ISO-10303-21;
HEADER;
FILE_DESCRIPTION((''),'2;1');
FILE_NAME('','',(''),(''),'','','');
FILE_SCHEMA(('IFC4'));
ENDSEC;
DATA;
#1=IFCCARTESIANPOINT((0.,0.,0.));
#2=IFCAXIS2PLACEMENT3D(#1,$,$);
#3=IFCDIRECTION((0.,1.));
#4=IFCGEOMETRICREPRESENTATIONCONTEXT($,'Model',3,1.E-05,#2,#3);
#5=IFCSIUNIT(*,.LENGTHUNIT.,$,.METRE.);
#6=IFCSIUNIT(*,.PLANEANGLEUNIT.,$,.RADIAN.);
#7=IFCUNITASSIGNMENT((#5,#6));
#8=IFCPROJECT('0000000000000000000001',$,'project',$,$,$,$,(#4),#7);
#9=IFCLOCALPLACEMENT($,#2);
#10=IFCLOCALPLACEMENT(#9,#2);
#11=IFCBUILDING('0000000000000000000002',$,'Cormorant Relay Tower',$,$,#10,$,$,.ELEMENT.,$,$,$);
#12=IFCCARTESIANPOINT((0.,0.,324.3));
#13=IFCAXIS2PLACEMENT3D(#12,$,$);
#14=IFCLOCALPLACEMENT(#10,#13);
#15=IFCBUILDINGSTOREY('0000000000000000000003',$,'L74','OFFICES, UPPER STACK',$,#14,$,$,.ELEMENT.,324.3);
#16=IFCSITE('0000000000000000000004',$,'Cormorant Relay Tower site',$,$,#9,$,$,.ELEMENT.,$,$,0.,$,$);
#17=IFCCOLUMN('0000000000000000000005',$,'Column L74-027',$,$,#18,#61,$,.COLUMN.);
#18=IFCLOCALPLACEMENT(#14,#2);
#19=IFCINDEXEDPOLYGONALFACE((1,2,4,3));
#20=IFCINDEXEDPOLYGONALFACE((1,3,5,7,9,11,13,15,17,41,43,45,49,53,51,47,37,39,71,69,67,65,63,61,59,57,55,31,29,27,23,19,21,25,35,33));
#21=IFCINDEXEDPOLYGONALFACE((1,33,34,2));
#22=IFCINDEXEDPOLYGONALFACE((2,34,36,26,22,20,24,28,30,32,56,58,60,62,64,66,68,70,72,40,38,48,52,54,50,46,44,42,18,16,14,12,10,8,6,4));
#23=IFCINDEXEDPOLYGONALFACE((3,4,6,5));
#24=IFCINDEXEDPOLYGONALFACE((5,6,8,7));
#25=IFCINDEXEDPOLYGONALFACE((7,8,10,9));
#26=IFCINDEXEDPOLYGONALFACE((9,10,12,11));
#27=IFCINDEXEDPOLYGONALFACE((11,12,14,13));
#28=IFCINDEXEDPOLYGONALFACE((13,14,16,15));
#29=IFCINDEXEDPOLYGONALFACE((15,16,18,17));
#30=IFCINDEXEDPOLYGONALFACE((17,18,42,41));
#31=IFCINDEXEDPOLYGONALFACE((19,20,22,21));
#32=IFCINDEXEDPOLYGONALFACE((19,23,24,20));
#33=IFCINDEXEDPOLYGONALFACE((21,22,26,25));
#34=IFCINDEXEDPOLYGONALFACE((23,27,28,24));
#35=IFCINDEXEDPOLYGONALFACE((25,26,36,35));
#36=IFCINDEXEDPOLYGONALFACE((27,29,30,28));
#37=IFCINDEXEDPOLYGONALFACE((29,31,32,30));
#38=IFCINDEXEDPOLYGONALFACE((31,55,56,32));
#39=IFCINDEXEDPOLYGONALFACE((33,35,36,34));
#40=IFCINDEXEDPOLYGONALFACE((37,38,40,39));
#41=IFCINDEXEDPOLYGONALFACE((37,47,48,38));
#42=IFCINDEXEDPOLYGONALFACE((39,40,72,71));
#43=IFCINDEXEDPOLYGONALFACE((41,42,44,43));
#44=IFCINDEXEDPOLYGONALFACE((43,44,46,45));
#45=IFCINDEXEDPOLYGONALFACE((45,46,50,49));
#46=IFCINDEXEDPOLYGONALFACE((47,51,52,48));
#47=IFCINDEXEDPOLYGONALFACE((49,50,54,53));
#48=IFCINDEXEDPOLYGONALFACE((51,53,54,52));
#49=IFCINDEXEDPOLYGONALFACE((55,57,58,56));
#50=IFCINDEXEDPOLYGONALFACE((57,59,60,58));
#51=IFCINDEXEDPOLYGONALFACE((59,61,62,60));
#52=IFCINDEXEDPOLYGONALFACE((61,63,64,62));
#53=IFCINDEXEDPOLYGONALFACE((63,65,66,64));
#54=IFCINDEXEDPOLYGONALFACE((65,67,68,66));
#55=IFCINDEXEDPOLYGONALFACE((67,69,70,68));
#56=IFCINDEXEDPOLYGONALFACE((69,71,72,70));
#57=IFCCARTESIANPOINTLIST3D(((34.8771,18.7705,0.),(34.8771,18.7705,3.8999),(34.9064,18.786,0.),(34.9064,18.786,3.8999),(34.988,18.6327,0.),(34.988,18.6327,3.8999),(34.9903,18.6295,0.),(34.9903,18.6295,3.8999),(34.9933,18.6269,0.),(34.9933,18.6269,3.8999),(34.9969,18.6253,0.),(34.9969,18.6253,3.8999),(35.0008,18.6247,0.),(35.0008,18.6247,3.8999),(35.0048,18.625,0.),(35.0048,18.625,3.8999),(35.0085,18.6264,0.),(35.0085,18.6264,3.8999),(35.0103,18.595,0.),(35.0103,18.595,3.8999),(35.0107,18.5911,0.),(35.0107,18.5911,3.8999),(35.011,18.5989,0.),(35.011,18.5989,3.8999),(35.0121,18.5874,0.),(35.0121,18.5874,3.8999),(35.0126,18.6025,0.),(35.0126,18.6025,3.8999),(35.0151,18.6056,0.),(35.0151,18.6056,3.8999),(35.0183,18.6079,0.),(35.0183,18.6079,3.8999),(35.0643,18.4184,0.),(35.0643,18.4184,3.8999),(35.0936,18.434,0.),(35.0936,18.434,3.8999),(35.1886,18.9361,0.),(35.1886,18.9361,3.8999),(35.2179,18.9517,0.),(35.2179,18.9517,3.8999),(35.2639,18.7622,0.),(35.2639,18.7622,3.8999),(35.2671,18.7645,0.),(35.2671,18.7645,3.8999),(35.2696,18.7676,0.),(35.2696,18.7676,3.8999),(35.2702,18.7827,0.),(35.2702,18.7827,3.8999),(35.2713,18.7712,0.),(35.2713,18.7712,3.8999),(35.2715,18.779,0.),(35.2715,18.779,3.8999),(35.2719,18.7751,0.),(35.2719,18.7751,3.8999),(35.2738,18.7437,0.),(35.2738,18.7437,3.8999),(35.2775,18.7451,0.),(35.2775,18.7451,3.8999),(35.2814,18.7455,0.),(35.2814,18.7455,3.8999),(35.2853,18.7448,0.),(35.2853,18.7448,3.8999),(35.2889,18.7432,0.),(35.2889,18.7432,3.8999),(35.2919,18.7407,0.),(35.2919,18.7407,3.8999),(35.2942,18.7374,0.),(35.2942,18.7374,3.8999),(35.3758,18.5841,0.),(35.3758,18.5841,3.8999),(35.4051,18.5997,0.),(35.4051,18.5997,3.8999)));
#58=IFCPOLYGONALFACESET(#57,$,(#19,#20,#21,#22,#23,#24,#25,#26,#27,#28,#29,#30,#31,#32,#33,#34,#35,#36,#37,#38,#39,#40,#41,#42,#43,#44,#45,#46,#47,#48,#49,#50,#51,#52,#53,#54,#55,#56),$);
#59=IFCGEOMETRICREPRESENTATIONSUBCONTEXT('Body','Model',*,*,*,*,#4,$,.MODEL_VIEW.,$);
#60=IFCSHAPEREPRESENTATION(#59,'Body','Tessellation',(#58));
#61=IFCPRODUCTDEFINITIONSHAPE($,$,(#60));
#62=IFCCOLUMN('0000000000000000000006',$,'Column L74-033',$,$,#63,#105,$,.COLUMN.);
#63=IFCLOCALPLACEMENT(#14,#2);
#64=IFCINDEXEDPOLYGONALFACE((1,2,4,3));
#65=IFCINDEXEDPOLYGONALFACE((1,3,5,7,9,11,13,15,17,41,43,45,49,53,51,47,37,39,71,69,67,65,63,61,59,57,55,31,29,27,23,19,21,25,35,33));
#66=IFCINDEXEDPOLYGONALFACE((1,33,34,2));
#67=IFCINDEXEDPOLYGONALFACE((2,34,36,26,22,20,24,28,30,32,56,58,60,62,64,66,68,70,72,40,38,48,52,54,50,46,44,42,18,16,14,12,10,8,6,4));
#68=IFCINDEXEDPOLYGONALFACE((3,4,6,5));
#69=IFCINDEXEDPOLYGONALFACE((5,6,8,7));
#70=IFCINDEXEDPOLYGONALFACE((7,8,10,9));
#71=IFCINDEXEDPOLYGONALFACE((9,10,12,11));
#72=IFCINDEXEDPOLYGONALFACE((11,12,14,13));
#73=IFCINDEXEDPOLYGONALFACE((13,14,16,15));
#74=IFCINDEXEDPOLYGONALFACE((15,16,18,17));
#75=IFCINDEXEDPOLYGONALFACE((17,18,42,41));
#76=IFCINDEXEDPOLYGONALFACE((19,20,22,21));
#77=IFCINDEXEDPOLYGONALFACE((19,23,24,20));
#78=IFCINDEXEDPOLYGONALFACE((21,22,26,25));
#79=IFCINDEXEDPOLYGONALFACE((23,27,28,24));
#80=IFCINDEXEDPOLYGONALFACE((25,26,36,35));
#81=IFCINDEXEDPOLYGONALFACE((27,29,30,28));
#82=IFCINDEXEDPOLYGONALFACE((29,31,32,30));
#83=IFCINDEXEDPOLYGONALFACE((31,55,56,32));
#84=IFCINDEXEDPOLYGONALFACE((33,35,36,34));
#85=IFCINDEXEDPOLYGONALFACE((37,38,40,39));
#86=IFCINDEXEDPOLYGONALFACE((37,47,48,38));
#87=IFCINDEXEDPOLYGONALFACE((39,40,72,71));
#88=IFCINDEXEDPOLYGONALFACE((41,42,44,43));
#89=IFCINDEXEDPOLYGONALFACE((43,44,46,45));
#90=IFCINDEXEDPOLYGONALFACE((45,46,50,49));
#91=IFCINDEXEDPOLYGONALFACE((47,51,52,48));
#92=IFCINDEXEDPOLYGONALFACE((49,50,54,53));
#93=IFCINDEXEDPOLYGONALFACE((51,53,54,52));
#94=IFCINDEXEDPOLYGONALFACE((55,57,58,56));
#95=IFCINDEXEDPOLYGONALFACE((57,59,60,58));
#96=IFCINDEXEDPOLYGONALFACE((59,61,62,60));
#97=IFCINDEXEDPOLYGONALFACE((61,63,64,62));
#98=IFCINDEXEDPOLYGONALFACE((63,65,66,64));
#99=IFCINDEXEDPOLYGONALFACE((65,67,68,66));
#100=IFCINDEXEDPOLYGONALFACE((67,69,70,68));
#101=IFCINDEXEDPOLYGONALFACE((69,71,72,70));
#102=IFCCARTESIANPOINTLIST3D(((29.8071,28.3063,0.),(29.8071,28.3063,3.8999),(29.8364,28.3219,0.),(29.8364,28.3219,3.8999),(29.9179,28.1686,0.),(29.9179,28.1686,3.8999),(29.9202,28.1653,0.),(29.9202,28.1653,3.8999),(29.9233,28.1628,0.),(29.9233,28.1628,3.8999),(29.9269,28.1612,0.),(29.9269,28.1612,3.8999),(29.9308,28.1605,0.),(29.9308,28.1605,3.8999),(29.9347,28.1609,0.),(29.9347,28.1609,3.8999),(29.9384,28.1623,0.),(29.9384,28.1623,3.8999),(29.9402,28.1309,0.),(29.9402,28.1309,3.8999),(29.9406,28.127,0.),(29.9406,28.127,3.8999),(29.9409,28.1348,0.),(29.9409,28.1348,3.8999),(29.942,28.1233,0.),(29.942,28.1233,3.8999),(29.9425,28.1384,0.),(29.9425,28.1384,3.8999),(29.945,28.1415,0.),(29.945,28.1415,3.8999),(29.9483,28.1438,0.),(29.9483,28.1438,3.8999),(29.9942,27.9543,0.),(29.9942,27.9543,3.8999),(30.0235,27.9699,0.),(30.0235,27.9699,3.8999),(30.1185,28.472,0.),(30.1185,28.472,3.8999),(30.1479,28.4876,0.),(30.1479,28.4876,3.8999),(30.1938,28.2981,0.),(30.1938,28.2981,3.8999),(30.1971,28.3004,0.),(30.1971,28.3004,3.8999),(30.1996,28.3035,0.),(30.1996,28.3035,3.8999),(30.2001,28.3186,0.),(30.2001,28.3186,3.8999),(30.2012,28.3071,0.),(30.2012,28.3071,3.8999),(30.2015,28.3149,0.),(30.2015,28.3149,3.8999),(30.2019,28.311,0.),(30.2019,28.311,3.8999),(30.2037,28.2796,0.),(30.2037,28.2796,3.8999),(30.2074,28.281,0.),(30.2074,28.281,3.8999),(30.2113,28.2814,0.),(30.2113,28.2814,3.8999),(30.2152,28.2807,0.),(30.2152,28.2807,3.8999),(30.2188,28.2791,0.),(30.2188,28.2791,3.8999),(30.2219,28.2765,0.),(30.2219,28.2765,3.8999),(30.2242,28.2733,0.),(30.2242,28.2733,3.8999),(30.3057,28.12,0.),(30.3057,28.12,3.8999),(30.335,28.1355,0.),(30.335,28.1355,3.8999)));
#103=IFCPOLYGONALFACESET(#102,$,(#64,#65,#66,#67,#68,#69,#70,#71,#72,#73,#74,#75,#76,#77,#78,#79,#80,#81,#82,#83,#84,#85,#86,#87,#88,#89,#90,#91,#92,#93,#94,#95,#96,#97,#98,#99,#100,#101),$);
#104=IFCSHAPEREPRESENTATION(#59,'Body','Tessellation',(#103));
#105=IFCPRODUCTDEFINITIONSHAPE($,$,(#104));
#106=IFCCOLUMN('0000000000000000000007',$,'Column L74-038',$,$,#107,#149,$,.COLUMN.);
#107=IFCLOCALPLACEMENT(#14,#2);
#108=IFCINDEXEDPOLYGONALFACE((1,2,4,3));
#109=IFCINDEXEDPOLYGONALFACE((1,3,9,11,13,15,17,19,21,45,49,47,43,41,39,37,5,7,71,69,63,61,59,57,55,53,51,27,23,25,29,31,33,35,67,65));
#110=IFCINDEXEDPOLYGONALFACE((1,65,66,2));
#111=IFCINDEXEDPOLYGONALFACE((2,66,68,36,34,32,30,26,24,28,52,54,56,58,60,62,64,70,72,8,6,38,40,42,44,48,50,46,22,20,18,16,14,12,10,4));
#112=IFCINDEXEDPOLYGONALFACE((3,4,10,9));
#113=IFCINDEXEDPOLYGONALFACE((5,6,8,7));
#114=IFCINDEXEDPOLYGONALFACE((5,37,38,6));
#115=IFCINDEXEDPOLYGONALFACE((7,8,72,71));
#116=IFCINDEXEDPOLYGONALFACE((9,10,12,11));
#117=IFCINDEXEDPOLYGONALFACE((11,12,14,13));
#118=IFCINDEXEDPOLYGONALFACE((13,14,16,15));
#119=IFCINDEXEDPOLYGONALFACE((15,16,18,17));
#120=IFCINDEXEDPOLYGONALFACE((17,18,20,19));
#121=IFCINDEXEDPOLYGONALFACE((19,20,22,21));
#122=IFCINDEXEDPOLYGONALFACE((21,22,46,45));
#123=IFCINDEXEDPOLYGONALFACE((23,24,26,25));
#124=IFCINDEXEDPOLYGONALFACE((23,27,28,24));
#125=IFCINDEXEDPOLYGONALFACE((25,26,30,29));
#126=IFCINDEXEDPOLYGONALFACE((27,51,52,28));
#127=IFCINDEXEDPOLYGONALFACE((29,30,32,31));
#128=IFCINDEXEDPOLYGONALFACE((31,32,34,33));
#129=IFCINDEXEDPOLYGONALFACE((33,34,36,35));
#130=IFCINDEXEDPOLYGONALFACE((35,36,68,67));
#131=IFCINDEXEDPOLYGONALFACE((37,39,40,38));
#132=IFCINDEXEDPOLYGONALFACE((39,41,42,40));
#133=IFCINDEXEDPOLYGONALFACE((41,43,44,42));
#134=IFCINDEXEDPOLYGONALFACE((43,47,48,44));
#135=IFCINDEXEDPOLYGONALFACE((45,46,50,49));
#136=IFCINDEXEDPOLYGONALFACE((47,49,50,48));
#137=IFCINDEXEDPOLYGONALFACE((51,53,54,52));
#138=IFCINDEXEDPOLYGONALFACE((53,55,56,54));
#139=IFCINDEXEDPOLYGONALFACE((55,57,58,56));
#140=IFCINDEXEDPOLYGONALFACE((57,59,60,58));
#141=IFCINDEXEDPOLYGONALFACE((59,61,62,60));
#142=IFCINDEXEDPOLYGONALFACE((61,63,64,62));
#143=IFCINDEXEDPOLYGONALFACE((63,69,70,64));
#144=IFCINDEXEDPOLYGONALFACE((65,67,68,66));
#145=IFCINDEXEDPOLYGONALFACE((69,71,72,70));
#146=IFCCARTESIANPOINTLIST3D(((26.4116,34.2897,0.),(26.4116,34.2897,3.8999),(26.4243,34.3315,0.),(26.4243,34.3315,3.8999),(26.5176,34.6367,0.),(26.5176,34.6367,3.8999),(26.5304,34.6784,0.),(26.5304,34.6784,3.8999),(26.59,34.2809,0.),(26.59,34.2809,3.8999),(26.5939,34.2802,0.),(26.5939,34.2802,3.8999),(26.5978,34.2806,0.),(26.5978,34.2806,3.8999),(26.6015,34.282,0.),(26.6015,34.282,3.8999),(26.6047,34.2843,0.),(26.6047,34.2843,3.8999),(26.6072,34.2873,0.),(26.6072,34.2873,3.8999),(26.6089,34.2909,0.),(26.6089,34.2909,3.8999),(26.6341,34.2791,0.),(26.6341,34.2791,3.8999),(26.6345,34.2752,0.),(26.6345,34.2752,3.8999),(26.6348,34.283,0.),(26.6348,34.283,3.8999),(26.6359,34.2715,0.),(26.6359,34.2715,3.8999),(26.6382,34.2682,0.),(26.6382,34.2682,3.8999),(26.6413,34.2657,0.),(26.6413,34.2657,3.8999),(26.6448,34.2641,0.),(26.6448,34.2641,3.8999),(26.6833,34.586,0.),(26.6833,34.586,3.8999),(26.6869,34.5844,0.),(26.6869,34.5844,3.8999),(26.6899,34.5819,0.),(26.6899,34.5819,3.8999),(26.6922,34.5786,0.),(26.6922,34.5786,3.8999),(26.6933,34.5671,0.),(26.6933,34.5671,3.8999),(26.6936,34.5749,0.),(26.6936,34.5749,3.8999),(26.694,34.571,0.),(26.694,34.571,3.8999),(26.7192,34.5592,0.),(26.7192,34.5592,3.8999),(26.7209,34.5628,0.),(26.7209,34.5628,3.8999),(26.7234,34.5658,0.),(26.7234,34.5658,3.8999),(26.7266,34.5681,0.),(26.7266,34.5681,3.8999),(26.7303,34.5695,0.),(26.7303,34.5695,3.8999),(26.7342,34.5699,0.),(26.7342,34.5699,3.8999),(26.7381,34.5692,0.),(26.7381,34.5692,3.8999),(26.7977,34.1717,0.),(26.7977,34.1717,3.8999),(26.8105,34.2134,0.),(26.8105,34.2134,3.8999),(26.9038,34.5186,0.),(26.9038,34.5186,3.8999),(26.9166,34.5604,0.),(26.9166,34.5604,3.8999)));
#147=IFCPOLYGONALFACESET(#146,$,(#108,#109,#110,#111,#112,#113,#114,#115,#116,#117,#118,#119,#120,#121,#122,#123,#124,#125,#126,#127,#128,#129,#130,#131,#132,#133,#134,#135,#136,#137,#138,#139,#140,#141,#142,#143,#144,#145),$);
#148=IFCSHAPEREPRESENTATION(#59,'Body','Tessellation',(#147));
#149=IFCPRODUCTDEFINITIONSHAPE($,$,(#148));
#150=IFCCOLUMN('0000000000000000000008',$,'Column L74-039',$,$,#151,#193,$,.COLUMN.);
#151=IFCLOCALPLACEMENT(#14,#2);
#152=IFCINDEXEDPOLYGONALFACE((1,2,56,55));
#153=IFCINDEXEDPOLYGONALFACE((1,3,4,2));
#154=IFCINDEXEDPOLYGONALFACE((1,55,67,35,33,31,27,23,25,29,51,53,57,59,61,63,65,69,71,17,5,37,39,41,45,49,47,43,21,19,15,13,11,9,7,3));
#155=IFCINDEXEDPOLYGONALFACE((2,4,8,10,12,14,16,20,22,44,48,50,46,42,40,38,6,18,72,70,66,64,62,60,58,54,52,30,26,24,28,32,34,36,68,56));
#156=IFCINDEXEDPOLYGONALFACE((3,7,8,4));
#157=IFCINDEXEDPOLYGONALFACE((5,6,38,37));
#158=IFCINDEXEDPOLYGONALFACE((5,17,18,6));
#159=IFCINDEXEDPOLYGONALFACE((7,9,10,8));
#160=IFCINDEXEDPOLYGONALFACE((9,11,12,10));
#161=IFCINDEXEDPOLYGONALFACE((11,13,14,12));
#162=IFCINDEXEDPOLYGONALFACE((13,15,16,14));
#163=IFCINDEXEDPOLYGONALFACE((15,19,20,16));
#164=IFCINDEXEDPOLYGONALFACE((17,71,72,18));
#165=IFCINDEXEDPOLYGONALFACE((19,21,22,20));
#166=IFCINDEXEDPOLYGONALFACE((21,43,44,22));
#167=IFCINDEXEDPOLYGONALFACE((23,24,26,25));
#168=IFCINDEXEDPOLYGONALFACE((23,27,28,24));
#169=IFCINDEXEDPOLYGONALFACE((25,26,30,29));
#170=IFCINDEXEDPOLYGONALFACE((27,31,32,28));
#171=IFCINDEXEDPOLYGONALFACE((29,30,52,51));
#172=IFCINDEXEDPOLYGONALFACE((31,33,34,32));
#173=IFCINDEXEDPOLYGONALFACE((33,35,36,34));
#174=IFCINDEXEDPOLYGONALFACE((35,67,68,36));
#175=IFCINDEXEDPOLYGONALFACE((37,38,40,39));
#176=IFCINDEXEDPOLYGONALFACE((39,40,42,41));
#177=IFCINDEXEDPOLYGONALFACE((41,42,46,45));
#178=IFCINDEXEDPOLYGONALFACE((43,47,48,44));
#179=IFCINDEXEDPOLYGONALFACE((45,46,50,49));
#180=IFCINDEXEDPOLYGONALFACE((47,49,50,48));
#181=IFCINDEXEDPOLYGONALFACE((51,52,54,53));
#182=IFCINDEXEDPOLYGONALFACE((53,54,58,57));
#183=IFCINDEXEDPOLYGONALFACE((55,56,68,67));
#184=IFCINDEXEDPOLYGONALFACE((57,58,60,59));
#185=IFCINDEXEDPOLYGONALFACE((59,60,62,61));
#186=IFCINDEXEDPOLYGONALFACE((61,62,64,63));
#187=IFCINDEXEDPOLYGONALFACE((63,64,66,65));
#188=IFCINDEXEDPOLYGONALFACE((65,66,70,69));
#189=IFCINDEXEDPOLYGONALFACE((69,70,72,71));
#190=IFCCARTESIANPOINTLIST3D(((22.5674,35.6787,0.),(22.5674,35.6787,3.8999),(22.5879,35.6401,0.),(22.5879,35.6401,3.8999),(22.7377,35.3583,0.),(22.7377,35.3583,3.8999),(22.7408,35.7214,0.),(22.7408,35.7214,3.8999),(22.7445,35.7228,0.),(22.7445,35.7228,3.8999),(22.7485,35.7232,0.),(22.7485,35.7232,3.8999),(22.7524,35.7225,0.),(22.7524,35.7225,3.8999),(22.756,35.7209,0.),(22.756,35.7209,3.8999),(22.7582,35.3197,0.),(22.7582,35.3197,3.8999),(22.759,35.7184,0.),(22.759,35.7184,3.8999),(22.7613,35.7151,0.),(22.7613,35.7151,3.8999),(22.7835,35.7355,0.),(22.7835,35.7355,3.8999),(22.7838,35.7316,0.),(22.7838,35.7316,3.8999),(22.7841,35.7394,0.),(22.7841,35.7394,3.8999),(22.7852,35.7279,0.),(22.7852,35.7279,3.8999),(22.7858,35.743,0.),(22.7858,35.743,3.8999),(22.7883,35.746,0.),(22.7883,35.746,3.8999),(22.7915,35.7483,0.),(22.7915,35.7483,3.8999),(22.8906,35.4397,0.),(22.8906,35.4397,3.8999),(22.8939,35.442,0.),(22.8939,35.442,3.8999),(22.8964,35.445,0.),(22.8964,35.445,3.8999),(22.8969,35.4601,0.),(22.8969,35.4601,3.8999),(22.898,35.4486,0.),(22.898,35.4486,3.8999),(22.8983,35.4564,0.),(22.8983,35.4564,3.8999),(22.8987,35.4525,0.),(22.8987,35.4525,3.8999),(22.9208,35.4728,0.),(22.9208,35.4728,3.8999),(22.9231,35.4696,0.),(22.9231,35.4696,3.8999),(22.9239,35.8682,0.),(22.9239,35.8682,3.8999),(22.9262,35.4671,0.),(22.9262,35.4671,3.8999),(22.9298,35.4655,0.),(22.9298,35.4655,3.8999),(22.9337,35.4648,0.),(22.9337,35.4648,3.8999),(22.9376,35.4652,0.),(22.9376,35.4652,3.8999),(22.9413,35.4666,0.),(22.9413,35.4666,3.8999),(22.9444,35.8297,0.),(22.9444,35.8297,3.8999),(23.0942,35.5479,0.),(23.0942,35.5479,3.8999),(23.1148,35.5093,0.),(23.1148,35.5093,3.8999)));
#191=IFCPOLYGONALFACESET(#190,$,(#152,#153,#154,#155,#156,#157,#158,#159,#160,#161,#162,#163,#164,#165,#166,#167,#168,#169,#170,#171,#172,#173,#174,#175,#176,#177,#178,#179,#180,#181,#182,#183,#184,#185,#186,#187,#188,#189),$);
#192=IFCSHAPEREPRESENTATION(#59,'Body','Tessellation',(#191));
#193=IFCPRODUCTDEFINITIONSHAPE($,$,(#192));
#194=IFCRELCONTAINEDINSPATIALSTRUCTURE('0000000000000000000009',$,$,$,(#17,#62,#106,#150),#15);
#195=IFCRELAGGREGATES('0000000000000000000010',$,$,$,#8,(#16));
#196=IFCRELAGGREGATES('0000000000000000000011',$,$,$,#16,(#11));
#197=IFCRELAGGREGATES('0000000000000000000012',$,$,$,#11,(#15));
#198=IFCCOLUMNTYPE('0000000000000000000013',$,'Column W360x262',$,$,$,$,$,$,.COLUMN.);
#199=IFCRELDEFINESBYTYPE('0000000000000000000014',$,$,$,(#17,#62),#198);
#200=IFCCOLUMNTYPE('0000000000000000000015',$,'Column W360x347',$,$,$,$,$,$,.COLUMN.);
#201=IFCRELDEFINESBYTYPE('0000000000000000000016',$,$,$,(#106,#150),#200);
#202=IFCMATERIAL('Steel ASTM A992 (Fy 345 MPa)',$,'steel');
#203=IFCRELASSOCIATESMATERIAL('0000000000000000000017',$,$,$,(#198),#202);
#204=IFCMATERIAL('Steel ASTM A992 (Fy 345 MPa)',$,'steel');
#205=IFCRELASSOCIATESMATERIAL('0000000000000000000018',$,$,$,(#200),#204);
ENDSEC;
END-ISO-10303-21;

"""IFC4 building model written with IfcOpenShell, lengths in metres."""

from ifc_helpers import new_model, si_unit, direction, frame, origin, origin_2d, place, context, subcontext, project, spatial, i_section, extrude, material, material_profile, profile_set, type_object, element, save


model = new_model("IFC4")

# Units and contexts
model_context = context("Model", 3, precision=1e-05, world=origin(), true_north=direction((0.0, 1.0)))
body_context = subcontext(model_context, "Body", "Model", "MODEL_VIEW")
ifc_project = project(units=[si_unit("LENGTHUNIT", "METRE"), si_unit("PLANEANGLEUNIT", "RADIAN")], contexts=[model_context])

# Site, building, storey
site_placement = place(None, origin())
site = spatial("IfcSite", under=ifc_project, at=site_placement, Name="Cormorant Relay Tower site", CompositionType="ELEMENT", RefElevation=0.0)
building_placement = place(site_placement, origin())
building = spatial("IfcBuilding", under=site, at=building_placement, Name="Cormorant Relay Tower", CompositionType="ELEMENT")
storey_placement = place(building_placement, frame((0.0, 0.0, 324.3)))
storey = spatial("IfcBuildingStorey", under=building, at=storey_placement, Name="L74", Description="OFFICES, UPPER STACK", CompositionType="ELEMENT", Elevation=324.3)

# Columns
ifc_material_1 = material(Name="Steel ASTM A992 (Fy 345 MPa)", Category="steel")
ifc_material_profile_1 = material_profile(ifc_material_1, i_section(OverallWidth=0.3987, OverallDepth=0.386, WebThickness=0.021, FlangeThickness=0.0332, FilletRadius=0.0151, at=origin_2d()), Name="W360x262")
ifc_profile_set_1 = profile_set([ifc_material_profile_1], Name="Steel ASTM A992 (Fy 345 MPa)")
column_type_1 = type_object("IfcColumnType", Name="Column W360x262", PredefinedType="COLUMN", material=ifc_profile_set_1)
for number, where, z_axis, x_axis, name in (
    (1, (35.1411, 18.6851, 0.0), (0.0, 0.0, 1.0), (-0.469472, 0.882948, 0.0), "Column L74-027"),
    (2, (30.071, 28.2209, 0.0), (0.0, 0.0, 1.0), (-0.469472, 0.882948, 0.0), "Column L74-033"),
):
    element("IfcColumn", number, at=place(storey_placement, frame(where, z_axis=z_axis, x_axis=x_axis)), inside=storey, type_object=column_type_1, Name=name, PredefinedType="COLUMN", context=body_context, shape_type="SweptSolid", body=[
        extrude(i_section(OverallWidth=0.3987, OverallDepth=0.386, WebThickness=0.021, FlangeThickness=0.0332, FilletRadius=0.0151, at=origin_2d()), origin(), (0.0, 0.0, 1.0), 3.8999),
    ])
ifc_material_2 = material(Name="Steel ASTM A992 (Fy 345 MPa)", Category="steel")
ifc_material_profile_2 = material_profile(ifc_material_2, i_section(OverallWidth=0.4038, OverallDepth=0.4065, WebThickness=0.0271, FlangeThickness=0.0437, FilletRadius=0.0151, at=origin_2d()), Name="W360x347")
ifc_profile_set_2 = profile_set([ifc_material_profile_2], Name="Steel ASTM A992 (Fy 345 MPa)")
column_type_2 = type_object("IfcColumnType", Name="Column W360x347", PredefinedType="COLUMN", material=ifc_profile_set_2)
for number, where, z_axis, x_axis, name in (
    (3, (26.6641, 34.425, 0.0), (0.0, 0.0, 1.0), (-0.956305, 0.292372, 0.0), "Column L74-038"),
    (4, (22.8411, 35.594, 0.0), (0.0, 0.0, 1.0), (-0.882948, -0.469472, 0.0), "Column L74-039"),
):
    element("IfcColumn", number, at=place(storey_placement, frame(where, z_axis=z_axis, x_axis=x_axis)), inside=storey, type_object=column_type_2, Name=name, PredefinedType="COLUMN", context=body_context, shape_type="SweptSolid", body=[
        extrude(i_section(OverallWidth=0.4038, OverallDepth=0.4065, WebThickness=0.0271, FlangeThickness=0.0437, FilletRadius=0.0151, at=origin_2d()), origin(), (0.0, 0.0, 1.0), 3.8999),
    ])

save(model, "model.ifc")
